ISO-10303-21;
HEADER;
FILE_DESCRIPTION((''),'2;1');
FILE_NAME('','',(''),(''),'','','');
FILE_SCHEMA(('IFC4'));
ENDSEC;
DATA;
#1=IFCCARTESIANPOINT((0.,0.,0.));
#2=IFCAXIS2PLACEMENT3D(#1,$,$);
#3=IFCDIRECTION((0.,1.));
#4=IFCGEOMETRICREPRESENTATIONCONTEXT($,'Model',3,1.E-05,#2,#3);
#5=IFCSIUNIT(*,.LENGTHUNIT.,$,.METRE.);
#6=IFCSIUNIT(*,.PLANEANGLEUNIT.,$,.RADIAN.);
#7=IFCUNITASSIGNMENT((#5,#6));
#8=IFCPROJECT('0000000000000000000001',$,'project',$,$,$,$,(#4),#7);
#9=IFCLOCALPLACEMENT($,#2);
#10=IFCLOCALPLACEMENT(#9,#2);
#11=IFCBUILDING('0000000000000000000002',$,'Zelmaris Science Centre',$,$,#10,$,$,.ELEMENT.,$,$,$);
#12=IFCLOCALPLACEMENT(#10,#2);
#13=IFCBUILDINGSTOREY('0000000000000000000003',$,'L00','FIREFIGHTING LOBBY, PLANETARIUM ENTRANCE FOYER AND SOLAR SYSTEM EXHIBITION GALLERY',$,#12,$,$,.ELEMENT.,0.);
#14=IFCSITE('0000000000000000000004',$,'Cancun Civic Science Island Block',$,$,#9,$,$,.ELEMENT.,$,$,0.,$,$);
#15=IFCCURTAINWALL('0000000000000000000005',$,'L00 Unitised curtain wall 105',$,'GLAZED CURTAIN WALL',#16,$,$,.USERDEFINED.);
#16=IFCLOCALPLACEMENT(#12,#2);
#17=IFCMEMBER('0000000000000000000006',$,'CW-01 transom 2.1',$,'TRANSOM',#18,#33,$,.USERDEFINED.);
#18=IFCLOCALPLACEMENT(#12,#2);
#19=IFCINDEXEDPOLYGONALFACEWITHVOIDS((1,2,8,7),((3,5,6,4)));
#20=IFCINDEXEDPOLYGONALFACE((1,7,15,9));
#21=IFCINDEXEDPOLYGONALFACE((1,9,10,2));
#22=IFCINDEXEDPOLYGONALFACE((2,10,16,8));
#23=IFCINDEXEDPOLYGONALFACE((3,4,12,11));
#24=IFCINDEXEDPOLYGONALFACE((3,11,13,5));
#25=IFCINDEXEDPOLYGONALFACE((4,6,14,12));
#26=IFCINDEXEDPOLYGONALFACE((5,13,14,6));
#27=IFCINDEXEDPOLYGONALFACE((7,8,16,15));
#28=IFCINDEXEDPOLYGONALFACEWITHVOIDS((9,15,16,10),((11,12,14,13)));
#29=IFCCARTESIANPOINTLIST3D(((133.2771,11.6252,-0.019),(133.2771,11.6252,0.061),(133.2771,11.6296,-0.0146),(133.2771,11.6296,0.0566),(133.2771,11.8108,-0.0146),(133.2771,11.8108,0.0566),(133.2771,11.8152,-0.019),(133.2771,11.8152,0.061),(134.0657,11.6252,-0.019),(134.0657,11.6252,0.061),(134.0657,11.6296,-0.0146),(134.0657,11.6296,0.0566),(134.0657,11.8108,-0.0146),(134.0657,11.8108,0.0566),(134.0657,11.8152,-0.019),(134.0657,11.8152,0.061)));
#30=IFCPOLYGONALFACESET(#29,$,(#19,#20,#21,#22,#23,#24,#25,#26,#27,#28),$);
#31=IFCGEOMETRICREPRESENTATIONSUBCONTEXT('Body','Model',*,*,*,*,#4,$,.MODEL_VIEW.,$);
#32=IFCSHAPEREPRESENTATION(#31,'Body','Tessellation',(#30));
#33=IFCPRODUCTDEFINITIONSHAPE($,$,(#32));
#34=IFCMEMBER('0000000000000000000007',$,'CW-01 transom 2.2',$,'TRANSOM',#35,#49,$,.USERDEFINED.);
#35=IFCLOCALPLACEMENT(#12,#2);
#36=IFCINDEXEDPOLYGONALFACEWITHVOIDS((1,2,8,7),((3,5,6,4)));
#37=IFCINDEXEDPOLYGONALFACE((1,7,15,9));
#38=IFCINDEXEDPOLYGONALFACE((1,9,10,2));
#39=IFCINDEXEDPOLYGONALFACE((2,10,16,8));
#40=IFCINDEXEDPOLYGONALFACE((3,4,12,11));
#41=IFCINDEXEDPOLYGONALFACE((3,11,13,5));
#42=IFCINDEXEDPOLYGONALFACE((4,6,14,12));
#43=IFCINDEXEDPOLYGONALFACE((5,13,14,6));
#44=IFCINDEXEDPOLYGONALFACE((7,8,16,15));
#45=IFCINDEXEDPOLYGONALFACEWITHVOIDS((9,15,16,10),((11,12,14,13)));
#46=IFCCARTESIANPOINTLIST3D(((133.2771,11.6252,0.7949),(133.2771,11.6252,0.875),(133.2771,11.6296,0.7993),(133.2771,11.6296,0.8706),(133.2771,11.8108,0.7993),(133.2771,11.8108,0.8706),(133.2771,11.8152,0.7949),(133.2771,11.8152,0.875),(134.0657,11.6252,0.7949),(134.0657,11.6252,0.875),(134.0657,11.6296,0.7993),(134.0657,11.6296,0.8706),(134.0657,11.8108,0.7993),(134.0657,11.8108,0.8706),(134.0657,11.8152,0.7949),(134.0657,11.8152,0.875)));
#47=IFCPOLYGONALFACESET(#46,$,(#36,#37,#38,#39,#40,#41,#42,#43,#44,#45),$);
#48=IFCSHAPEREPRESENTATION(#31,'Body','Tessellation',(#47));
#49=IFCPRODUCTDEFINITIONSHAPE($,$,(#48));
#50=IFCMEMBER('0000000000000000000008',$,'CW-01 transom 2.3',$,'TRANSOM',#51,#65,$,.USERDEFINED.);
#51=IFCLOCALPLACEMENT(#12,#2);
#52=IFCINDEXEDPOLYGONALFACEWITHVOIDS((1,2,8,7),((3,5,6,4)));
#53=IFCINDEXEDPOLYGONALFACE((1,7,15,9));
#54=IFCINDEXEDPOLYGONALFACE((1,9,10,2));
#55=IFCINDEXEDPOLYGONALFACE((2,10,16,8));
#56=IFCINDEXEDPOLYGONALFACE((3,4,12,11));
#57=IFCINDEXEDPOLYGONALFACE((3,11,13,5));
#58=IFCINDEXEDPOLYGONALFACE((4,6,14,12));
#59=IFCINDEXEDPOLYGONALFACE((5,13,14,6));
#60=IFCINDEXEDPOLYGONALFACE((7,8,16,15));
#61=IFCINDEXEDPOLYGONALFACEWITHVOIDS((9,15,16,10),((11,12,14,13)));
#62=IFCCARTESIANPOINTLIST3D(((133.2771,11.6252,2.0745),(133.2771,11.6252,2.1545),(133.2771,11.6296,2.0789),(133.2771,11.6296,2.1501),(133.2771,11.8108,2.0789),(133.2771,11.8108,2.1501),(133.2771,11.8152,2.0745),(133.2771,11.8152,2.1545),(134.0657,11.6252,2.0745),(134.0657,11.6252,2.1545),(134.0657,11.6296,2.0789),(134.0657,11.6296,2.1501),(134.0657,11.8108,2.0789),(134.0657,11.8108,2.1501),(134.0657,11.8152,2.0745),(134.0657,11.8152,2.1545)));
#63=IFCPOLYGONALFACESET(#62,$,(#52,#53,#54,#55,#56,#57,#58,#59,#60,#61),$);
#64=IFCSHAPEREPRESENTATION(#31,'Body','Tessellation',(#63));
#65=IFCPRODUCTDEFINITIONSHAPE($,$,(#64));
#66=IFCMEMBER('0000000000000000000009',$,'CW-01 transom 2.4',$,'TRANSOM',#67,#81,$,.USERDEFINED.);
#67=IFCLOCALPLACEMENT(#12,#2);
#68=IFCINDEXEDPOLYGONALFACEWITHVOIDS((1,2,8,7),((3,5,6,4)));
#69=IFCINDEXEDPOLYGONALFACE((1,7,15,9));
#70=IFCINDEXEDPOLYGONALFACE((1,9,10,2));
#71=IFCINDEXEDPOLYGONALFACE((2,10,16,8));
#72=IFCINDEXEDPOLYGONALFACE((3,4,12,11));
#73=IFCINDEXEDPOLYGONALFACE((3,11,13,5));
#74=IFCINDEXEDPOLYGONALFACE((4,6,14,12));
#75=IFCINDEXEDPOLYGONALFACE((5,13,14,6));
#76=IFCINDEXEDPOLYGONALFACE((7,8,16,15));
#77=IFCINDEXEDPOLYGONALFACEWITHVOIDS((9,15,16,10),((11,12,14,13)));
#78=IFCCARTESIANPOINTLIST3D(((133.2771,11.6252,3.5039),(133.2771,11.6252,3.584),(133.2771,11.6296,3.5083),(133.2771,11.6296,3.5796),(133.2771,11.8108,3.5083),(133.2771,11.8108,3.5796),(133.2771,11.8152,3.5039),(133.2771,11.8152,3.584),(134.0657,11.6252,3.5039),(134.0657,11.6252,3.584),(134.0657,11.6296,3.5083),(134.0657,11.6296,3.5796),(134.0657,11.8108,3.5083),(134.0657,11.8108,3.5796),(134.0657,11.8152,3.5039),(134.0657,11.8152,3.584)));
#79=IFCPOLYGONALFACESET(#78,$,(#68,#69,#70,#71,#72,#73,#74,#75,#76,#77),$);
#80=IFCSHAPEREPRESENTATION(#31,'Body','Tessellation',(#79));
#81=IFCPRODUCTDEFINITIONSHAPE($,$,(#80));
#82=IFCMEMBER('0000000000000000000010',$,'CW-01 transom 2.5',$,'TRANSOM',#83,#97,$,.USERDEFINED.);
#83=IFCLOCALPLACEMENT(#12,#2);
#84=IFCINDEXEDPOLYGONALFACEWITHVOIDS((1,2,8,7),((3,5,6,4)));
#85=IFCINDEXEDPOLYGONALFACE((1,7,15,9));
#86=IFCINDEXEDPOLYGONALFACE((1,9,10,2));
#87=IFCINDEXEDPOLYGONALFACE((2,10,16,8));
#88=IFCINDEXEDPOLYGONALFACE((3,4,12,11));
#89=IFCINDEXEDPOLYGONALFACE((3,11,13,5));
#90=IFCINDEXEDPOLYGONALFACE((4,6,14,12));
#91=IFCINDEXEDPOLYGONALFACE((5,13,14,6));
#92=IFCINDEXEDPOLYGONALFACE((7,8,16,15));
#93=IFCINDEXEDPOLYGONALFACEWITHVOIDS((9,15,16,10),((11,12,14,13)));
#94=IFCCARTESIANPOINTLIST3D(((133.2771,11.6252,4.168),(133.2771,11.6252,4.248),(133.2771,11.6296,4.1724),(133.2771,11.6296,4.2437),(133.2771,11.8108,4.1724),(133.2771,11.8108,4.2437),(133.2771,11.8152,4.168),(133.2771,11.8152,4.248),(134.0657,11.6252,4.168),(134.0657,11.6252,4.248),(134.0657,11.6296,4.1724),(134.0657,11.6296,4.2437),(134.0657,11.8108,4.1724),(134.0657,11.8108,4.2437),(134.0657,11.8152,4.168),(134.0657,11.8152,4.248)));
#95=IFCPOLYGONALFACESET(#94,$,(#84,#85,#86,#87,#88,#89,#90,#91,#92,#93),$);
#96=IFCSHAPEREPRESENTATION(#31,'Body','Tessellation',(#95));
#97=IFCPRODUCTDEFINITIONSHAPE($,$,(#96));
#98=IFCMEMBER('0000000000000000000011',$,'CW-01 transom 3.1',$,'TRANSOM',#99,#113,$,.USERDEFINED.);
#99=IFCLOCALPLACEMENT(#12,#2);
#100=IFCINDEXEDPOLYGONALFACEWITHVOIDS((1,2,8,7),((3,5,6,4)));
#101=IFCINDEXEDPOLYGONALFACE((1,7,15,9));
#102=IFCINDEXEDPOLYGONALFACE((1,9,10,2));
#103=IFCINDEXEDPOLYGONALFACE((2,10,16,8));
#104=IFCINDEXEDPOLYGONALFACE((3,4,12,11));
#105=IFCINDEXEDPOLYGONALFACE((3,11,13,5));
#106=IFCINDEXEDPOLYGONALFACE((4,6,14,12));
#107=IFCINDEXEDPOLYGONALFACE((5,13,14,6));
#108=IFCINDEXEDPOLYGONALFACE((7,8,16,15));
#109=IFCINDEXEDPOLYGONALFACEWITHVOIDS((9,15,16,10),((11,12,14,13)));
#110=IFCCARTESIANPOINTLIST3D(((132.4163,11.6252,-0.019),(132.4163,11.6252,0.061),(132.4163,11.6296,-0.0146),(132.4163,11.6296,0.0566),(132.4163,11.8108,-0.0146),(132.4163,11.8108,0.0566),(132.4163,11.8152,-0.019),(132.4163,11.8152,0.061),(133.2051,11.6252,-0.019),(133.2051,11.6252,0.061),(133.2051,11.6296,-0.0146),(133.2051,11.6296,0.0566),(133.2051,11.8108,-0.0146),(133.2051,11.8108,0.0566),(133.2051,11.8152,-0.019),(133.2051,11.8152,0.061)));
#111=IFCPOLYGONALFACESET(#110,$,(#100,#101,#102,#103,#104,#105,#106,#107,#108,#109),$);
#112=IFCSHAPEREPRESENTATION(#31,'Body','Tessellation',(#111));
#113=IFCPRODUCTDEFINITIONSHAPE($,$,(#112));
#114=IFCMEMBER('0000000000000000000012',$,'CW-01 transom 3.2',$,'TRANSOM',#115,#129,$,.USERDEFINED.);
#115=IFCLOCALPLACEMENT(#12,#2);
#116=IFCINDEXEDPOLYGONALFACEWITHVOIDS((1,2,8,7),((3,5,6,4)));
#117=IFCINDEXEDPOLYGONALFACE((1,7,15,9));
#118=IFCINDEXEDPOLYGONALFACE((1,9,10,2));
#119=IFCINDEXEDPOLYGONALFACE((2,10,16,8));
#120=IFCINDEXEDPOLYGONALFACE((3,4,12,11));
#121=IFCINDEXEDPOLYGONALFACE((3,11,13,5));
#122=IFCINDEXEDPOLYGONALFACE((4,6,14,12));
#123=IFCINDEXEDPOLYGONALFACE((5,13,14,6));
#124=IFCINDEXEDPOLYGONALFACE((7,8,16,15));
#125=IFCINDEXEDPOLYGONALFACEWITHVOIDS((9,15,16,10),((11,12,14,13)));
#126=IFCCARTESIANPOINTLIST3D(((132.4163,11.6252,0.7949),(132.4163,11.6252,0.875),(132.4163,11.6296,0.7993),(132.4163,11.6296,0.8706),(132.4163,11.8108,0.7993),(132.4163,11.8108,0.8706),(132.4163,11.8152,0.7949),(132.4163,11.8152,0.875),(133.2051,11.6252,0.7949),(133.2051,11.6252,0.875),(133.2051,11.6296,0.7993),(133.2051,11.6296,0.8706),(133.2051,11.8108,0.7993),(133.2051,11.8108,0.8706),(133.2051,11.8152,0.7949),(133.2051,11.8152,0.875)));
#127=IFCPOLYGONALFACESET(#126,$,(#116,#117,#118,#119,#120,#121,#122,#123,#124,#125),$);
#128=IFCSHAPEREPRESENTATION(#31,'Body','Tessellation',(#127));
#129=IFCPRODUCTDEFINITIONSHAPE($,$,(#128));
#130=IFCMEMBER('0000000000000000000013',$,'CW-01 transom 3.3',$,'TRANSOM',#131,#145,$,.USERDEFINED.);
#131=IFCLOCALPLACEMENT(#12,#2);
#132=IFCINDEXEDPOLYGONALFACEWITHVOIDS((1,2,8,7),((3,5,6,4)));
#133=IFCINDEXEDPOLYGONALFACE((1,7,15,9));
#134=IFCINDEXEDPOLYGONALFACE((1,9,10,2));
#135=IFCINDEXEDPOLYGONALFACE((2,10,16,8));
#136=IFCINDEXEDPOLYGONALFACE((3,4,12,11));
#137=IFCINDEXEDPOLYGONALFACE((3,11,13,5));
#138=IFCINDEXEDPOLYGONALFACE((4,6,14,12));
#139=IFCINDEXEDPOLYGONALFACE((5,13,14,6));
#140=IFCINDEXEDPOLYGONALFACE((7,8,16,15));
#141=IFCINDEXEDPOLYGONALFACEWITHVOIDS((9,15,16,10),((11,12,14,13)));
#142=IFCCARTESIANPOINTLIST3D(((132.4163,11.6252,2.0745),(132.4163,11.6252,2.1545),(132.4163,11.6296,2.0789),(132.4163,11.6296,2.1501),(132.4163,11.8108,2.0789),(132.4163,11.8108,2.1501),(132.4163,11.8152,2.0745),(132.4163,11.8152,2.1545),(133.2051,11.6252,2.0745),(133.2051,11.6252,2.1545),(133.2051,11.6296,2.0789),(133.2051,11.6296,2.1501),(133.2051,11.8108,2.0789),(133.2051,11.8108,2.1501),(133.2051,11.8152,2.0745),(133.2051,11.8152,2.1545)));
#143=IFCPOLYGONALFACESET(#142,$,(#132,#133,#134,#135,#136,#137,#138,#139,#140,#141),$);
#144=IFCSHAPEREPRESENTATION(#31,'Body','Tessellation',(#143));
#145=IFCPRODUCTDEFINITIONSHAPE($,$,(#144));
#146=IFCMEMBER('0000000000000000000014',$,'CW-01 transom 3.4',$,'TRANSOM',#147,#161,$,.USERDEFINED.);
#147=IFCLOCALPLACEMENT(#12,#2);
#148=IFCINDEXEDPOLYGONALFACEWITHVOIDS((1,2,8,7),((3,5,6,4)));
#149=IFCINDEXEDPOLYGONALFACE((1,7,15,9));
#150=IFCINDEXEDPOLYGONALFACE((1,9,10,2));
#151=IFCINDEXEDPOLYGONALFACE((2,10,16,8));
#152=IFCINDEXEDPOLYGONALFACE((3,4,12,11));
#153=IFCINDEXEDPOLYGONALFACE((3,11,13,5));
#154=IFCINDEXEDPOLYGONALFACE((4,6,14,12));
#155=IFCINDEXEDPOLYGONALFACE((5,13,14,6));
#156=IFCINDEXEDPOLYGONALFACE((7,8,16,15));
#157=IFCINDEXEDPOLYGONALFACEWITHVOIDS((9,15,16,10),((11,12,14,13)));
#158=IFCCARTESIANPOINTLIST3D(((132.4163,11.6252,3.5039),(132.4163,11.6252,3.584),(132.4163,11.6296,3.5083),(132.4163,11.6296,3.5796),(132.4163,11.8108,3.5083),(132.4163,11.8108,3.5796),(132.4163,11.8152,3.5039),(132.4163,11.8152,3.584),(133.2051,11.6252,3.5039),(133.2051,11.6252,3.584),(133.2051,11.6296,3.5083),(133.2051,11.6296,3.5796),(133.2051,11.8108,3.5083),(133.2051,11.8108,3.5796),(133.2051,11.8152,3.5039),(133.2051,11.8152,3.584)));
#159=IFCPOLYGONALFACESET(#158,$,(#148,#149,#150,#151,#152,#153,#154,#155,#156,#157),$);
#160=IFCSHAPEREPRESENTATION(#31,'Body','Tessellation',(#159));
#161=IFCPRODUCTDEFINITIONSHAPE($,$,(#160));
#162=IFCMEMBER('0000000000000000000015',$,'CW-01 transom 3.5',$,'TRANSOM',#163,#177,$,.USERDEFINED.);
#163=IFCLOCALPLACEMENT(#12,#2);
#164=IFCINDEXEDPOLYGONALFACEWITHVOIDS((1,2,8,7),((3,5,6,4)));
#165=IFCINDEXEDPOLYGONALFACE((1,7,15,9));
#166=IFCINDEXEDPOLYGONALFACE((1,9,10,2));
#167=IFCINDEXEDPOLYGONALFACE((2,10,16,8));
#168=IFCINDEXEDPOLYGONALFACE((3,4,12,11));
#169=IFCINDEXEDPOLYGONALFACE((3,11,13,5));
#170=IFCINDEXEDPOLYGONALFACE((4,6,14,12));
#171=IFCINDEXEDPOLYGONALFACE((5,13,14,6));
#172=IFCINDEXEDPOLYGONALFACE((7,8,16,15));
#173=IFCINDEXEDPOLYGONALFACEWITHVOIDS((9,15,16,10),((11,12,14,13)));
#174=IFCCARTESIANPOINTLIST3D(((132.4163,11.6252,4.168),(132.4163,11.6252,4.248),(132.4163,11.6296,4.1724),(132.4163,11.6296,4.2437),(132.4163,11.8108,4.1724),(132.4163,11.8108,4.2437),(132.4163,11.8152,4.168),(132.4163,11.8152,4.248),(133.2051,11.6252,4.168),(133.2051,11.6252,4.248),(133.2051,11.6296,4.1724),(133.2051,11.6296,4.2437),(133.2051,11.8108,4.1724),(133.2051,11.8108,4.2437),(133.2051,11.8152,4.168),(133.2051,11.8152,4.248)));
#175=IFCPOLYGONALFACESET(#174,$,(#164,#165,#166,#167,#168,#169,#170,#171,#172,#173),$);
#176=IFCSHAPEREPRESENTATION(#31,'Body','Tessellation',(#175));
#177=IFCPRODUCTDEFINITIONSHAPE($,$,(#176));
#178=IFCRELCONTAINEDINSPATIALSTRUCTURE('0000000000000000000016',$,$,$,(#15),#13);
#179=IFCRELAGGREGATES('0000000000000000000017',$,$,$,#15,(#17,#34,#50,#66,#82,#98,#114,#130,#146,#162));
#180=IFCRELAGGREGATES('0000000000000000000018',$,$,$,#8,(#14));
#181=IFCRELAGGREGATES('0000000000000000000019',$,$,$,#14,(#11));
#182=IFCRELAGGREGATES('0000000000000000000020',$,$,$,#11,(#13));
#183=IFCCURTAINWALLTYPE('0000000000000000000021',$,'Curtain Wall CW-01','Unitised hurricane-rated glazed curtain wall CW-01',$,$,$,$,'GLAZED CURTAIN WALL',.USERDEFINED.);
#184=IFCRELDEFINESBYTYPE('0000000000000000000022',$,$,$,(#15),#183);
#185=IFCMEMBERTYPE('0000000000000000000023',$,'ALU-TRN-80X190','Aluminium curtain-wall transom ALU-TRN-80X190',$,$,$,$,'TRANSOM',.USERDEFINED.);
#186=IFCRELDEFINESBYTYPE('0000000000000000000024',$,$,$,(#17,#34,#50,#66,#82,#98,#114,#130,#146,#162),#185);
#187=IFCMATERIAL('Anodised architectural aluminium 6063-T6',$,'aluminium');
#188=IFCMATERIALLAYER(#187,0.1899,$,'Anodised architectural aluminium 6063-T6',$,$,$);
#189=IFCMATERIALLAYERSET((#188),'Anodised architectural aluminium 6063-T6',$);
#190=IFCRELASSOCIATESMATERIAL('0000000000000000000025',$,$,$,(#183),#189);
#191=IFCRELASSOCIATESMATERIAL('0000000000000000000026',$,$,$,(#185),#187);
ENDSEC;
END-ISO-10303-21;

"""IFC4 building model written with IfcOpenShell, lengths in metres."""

from ifc_helpers import new_model, si_unit, direction, frame, origin, origin_2d, place, context, subcontext, project, spatial, hollow_rectangle, extrude, material, layer, layer_set, material_profile, profile_set, type_object, element, aggregate, save


model = new_model("IFC4")

# Units and contexts
model_context = context("Model", 3, precision=1e-05, world=origin(), true_north=direction((0.0, 1.0)))
body_context = subcontext(model_context, "Body", "Model", "MODEL_VIEW")
ifc_project = project(units=[si_unit("LENGTHUNIT", "METRE"), si_unit("PLANEANGLEUNIT", "RADIAN")], contexts=[model_context])

# Site, building, storey
site_placement = place(None, origin())
site = spatial("IfcSite", under=ifc_project, at=site_placement, Name="Cancun Civic Science Island Block", CompositionType="ELEMENT", RefElevation=0.0)
building_placement = place(site_placement, origin())
building = spatial("IfcBuilding", under=site, at=building_placement, Name="Zelmaris Science Centre", CompositionType="ELEMENT")
storey_placement = place(building_placement, origin())
storey = spatial("IfcBuildingStorey", under=building, at=storey_placement, Name="L00", Description="FIREFIGHTING LOBBY, PLANETARIUM ENTRANCE FOYER AND SOLAR SYSTEM EXHIBITION GALLERY", CompositionType="ELEMENT", Elevation=0.0)

# Curtain wall, members
ifc_material_1 = material(Name="Anodised architectural aluminium 6063-T6", Category="aluminium")
ifc_layer_1 = layer(ifc_material_1, 0.1899, Name="Anodised architectural aluminium 6063-T6")
ifc_layer_set_1 = layer_set([ifc_layer_1], Name="Anodised architectural aluminium 6063-T6")
curtain_wall_type = type_object("IfcCurtainWallType", Name="Curtain Wall CW-01", Description="Unitised hurricane-rated glazed curtain wall CW-01", ElementType="GLAZED CURTAIN WALL", PredefinedType="USERDEFINED", material=ifc_layer_set_1)
curtain_wall_placement = place(storey_placement, origin())
curtain_wall = element("IfcCurtainWall", 1, at=curtain_wall_placement, inside=storey, type_object=curtain_wall_type, Name="L00 Unitised curtain wall 105", ObjectType="GLAZED CURTAIN WALL", PredefinedType="USERDEFINED")
ifc_material_profile_1 = material_profile(ifc_material_1, hollow_rectangle(XDim=0.0801, YDim=0.1899, WallThickness=0.0044, at=origin_2d()), Name="ALU-TRN-80X190")
ifc_profile_set_1 = profile_set([ifc_material_profile_1], Name="Anodised architectural aluminium 6063-T6")
member_type_1 = type_object("IfcMemberType", Name="ALU-TRN-80X190", Description="Aluminium curtain-wall transom ALU-TRN-80X190", ElementType="TRANSOM", PredefinedType="USERDEFINED", material=ifc_profile_set_1)
member_1_placement = place(storey_placement, frame((134.0657, 11.7202, 0.021), z_axis=(-1.0, 0.0, 0.0), x_axis=(0.0, 0.0, 1.0)))
member_1 = element("IfcMember", 2, at=member_1_placement, type_object=member_type_1, Name="CW-01 transom 2.1", ObjectType="TRANSOM", PredefinedType="USERDEFINED", context=body_context, shape_type="SweptSolid", body=[
    extrude(hollow_rectangle(XDim=0.0801, YDim=0.1899, WallThickness=0.0044, at=origin_2d()), origin(), (0.0, 0.0, 1.0), 0.7886),
])
member_2_placement = place(storey_placement, frame((134.0657, 11.7202, 0.835), z_axis=(-1.0, 0.0, 0.0), x_axis=(0.0, 0.0, 1.0)))
member_2 = element("IfcMember", 3, at=member_2_placement, type_object=member_type_1, Name="CW-01 transom 2.2", ObjectType="TRANSOM", PredefinedType="USERDEFINED", context=body_context, shape_type="SweptSolid", body=[
    extrude(hollow_rectangle(XDim=0.0801, YDim=0.1899, WallThickness=0.0044, at=origin_2d()), origin(), (0.0, 0.0, 1.0), 0.7886),
])
member_3_placement = place(storey_placement, frame((134.0657, 11.7202, 2.1145), z_axis=(-1.0, 0.0, 0.0), x_axis=(0.0, 0.0, 1.0)))
member_3 = element("IfcMember", 4, at=member_3_placement, type_object=member_type_1, Name="CW-01 transom 2.3", ObjectType="TRANSOM", PredefinedType="USERDEFINED", context=body_context, shape_type="SweptSolid", body=[
    extrude(hollow_rectangle(XDim=0.0801, YDim=0.1899, WallThickness=0.0044, at=origin_2d()), origin(), (0.0, 0.0, 1.0), 0.7886),
])
member_4_placement = place(storey_placement, frame((134.0657, 11.7202, 3.5439), z_axis=(-1.0, 0.0, 0.0), x_axis=(0.0, 0.0, 1.0)))
member_4 = element("IfcMember", 5, at=member_4_placement, type_object=member_type_1, Name="CW-01 transom 2.4", ObjectType="TRANSOM", PredefinedType="USERDEFINED", context=body_context, shape_type="SweptSolid", body=[
    extrude(hollow_rectangle(XDim=0.0801, YDim=0.1899, WallThickness=0.0044, at=origin_2d()), origin(), (0.0, 0.0, 1.0), 0.7886),
])
member_5_placement = place(storey_placement, frame((134.0657, 11.7202, 4.208), z_axis=(-1.0, 0.0, 0.0), x_axis=(0.0, 0.0, 1.0)))
member_5 = element("IfcMember", 6, at=member_5_placement, type_object=member_type_1, Name="CW-01 transom 2.5", ObjectType="TRANSOM", PredefinedType="USERDEFINED", context=body_context, shape_type="SweptSolid", body=[
    extrude(hollow_rectangle(XDim=0.0801, YDim=0.1899, WallThickness=0.0044, at=origin_2d()), origin(), (0.0, 0.0, 1.0), 0.7886),
])
member_6_placement = place(storey_placement, frame((133.2051, 11.7202, 0.021), z_axis=(-1.0, 0.0, 0.0), x_axis=(0.0, 0.0, 1.0)))
member_6 = element("IfcMember", 7, at=member_6_placement, type_object=member_type_1, Name="CW-01 transom 3.1", ObjectType="TRANSOM", PredefinedType="USERDEFINED", context=body_context, shape_type="SweptSolid", body=[
    extrude(hollow_rectangle(XDim=0.0801, YDim=0.1899, WallThickness=0.0044, at=origin_2d()), origin(), (0.0, 0.0, 1.0), 0.7888),
])
member_7_placement = place(storey_placement, frame((133.2051, 11.7202, 0.835), z_axis=(-1.0, 0.0, 0.0), x_axis=(0.0, 0.0, 1.0)))
member_7 = element("IfcMember", 8, at=member_7_placement, type_object=member_type_1, Name="CW-01 transom 3.2", ObjectType="TRANSOM", PredefinedType="USERDEFINED", context=body_context, shape_type="SweptSolid", body=[
    extrude(hollow_rectangle(XDim=0.0801, YDim=0.1899, WallThickness=0.0044, at=origin_2d()), origin(), (0.0, 0.0, 1.0), 0.7888),
])
member_8_placement = place(storey_placement, frame((133.2051, 11.7202, 2.1145), z_axis=(-1.0, 0.0, 0.0), x_axis=(0.0, 0.0, 1.0)))
member_8 = element("IfcMember", 9, at=member_8_placement, type_object=member_type_1, Name="CW-01 transom 3.3", ObjectType="TRANSOM", PredefinedType="USERDEFINED", context=body_context, shape_type="SweptSolid", body=[
    extrude(hollow_rectangle(XDim=0.0801, YDim=0.1899, WallThickness=0.0044, at=origin_2d()), origin(), (0.0, 0.0, 1.0), 0.7888),
])
member_9_placement = place(storey_placement, frame((133.2051, 11.7202, 3.5439), z_axis=(-1.0, 0.0, 0.0), x_axis=(0.0, 0.0, 1.0)))
member_9 = element("IfcMember", 10, at=member_9_placement, type_object=member_type_1, Name="CW-01 transom 3.4", ObjectType="TRANSOM", PredefinedType="USERDEFINED", context=body_context, shape_type="SweptSolid", body=[
    extrude(hollow_rectangle(XDim=0.0801, YDim=0.1899, WallThickness=0.0044, at=origin_2d()), origin(), (0.0, 0.0, 1.0), 0.7888),
])
member_10_placement = place(storey_placement, frame((133.2051, 11.7202, 4.208), z_axis=(-1.0, 0.0, 0.0), x_axis=(0.0, 0.0, 1.0)))
member_10 = element("IfcMember", 11, at=member_10_placement, type_object=member_type_1, Name="CW-01 transom 3.5", ObjectType="TRANSOM", PredefinedType="USERDEFINED", context=body_context, shape_type="SweptSolid", body=[
    extrude(hollow_rectangle(XDim=0.0801, YDim=0.1899, WallThickness=0.0044, at=origin_2d()), origin(), (0.0, 0.0, 1.0), 0.7888),
])

aggregate(curtain_wall, [member_1, member_2, member_3, member_4, member_5, member_6, member_7, member_8, member_9, member_10])

save(model, "model.ifc")
